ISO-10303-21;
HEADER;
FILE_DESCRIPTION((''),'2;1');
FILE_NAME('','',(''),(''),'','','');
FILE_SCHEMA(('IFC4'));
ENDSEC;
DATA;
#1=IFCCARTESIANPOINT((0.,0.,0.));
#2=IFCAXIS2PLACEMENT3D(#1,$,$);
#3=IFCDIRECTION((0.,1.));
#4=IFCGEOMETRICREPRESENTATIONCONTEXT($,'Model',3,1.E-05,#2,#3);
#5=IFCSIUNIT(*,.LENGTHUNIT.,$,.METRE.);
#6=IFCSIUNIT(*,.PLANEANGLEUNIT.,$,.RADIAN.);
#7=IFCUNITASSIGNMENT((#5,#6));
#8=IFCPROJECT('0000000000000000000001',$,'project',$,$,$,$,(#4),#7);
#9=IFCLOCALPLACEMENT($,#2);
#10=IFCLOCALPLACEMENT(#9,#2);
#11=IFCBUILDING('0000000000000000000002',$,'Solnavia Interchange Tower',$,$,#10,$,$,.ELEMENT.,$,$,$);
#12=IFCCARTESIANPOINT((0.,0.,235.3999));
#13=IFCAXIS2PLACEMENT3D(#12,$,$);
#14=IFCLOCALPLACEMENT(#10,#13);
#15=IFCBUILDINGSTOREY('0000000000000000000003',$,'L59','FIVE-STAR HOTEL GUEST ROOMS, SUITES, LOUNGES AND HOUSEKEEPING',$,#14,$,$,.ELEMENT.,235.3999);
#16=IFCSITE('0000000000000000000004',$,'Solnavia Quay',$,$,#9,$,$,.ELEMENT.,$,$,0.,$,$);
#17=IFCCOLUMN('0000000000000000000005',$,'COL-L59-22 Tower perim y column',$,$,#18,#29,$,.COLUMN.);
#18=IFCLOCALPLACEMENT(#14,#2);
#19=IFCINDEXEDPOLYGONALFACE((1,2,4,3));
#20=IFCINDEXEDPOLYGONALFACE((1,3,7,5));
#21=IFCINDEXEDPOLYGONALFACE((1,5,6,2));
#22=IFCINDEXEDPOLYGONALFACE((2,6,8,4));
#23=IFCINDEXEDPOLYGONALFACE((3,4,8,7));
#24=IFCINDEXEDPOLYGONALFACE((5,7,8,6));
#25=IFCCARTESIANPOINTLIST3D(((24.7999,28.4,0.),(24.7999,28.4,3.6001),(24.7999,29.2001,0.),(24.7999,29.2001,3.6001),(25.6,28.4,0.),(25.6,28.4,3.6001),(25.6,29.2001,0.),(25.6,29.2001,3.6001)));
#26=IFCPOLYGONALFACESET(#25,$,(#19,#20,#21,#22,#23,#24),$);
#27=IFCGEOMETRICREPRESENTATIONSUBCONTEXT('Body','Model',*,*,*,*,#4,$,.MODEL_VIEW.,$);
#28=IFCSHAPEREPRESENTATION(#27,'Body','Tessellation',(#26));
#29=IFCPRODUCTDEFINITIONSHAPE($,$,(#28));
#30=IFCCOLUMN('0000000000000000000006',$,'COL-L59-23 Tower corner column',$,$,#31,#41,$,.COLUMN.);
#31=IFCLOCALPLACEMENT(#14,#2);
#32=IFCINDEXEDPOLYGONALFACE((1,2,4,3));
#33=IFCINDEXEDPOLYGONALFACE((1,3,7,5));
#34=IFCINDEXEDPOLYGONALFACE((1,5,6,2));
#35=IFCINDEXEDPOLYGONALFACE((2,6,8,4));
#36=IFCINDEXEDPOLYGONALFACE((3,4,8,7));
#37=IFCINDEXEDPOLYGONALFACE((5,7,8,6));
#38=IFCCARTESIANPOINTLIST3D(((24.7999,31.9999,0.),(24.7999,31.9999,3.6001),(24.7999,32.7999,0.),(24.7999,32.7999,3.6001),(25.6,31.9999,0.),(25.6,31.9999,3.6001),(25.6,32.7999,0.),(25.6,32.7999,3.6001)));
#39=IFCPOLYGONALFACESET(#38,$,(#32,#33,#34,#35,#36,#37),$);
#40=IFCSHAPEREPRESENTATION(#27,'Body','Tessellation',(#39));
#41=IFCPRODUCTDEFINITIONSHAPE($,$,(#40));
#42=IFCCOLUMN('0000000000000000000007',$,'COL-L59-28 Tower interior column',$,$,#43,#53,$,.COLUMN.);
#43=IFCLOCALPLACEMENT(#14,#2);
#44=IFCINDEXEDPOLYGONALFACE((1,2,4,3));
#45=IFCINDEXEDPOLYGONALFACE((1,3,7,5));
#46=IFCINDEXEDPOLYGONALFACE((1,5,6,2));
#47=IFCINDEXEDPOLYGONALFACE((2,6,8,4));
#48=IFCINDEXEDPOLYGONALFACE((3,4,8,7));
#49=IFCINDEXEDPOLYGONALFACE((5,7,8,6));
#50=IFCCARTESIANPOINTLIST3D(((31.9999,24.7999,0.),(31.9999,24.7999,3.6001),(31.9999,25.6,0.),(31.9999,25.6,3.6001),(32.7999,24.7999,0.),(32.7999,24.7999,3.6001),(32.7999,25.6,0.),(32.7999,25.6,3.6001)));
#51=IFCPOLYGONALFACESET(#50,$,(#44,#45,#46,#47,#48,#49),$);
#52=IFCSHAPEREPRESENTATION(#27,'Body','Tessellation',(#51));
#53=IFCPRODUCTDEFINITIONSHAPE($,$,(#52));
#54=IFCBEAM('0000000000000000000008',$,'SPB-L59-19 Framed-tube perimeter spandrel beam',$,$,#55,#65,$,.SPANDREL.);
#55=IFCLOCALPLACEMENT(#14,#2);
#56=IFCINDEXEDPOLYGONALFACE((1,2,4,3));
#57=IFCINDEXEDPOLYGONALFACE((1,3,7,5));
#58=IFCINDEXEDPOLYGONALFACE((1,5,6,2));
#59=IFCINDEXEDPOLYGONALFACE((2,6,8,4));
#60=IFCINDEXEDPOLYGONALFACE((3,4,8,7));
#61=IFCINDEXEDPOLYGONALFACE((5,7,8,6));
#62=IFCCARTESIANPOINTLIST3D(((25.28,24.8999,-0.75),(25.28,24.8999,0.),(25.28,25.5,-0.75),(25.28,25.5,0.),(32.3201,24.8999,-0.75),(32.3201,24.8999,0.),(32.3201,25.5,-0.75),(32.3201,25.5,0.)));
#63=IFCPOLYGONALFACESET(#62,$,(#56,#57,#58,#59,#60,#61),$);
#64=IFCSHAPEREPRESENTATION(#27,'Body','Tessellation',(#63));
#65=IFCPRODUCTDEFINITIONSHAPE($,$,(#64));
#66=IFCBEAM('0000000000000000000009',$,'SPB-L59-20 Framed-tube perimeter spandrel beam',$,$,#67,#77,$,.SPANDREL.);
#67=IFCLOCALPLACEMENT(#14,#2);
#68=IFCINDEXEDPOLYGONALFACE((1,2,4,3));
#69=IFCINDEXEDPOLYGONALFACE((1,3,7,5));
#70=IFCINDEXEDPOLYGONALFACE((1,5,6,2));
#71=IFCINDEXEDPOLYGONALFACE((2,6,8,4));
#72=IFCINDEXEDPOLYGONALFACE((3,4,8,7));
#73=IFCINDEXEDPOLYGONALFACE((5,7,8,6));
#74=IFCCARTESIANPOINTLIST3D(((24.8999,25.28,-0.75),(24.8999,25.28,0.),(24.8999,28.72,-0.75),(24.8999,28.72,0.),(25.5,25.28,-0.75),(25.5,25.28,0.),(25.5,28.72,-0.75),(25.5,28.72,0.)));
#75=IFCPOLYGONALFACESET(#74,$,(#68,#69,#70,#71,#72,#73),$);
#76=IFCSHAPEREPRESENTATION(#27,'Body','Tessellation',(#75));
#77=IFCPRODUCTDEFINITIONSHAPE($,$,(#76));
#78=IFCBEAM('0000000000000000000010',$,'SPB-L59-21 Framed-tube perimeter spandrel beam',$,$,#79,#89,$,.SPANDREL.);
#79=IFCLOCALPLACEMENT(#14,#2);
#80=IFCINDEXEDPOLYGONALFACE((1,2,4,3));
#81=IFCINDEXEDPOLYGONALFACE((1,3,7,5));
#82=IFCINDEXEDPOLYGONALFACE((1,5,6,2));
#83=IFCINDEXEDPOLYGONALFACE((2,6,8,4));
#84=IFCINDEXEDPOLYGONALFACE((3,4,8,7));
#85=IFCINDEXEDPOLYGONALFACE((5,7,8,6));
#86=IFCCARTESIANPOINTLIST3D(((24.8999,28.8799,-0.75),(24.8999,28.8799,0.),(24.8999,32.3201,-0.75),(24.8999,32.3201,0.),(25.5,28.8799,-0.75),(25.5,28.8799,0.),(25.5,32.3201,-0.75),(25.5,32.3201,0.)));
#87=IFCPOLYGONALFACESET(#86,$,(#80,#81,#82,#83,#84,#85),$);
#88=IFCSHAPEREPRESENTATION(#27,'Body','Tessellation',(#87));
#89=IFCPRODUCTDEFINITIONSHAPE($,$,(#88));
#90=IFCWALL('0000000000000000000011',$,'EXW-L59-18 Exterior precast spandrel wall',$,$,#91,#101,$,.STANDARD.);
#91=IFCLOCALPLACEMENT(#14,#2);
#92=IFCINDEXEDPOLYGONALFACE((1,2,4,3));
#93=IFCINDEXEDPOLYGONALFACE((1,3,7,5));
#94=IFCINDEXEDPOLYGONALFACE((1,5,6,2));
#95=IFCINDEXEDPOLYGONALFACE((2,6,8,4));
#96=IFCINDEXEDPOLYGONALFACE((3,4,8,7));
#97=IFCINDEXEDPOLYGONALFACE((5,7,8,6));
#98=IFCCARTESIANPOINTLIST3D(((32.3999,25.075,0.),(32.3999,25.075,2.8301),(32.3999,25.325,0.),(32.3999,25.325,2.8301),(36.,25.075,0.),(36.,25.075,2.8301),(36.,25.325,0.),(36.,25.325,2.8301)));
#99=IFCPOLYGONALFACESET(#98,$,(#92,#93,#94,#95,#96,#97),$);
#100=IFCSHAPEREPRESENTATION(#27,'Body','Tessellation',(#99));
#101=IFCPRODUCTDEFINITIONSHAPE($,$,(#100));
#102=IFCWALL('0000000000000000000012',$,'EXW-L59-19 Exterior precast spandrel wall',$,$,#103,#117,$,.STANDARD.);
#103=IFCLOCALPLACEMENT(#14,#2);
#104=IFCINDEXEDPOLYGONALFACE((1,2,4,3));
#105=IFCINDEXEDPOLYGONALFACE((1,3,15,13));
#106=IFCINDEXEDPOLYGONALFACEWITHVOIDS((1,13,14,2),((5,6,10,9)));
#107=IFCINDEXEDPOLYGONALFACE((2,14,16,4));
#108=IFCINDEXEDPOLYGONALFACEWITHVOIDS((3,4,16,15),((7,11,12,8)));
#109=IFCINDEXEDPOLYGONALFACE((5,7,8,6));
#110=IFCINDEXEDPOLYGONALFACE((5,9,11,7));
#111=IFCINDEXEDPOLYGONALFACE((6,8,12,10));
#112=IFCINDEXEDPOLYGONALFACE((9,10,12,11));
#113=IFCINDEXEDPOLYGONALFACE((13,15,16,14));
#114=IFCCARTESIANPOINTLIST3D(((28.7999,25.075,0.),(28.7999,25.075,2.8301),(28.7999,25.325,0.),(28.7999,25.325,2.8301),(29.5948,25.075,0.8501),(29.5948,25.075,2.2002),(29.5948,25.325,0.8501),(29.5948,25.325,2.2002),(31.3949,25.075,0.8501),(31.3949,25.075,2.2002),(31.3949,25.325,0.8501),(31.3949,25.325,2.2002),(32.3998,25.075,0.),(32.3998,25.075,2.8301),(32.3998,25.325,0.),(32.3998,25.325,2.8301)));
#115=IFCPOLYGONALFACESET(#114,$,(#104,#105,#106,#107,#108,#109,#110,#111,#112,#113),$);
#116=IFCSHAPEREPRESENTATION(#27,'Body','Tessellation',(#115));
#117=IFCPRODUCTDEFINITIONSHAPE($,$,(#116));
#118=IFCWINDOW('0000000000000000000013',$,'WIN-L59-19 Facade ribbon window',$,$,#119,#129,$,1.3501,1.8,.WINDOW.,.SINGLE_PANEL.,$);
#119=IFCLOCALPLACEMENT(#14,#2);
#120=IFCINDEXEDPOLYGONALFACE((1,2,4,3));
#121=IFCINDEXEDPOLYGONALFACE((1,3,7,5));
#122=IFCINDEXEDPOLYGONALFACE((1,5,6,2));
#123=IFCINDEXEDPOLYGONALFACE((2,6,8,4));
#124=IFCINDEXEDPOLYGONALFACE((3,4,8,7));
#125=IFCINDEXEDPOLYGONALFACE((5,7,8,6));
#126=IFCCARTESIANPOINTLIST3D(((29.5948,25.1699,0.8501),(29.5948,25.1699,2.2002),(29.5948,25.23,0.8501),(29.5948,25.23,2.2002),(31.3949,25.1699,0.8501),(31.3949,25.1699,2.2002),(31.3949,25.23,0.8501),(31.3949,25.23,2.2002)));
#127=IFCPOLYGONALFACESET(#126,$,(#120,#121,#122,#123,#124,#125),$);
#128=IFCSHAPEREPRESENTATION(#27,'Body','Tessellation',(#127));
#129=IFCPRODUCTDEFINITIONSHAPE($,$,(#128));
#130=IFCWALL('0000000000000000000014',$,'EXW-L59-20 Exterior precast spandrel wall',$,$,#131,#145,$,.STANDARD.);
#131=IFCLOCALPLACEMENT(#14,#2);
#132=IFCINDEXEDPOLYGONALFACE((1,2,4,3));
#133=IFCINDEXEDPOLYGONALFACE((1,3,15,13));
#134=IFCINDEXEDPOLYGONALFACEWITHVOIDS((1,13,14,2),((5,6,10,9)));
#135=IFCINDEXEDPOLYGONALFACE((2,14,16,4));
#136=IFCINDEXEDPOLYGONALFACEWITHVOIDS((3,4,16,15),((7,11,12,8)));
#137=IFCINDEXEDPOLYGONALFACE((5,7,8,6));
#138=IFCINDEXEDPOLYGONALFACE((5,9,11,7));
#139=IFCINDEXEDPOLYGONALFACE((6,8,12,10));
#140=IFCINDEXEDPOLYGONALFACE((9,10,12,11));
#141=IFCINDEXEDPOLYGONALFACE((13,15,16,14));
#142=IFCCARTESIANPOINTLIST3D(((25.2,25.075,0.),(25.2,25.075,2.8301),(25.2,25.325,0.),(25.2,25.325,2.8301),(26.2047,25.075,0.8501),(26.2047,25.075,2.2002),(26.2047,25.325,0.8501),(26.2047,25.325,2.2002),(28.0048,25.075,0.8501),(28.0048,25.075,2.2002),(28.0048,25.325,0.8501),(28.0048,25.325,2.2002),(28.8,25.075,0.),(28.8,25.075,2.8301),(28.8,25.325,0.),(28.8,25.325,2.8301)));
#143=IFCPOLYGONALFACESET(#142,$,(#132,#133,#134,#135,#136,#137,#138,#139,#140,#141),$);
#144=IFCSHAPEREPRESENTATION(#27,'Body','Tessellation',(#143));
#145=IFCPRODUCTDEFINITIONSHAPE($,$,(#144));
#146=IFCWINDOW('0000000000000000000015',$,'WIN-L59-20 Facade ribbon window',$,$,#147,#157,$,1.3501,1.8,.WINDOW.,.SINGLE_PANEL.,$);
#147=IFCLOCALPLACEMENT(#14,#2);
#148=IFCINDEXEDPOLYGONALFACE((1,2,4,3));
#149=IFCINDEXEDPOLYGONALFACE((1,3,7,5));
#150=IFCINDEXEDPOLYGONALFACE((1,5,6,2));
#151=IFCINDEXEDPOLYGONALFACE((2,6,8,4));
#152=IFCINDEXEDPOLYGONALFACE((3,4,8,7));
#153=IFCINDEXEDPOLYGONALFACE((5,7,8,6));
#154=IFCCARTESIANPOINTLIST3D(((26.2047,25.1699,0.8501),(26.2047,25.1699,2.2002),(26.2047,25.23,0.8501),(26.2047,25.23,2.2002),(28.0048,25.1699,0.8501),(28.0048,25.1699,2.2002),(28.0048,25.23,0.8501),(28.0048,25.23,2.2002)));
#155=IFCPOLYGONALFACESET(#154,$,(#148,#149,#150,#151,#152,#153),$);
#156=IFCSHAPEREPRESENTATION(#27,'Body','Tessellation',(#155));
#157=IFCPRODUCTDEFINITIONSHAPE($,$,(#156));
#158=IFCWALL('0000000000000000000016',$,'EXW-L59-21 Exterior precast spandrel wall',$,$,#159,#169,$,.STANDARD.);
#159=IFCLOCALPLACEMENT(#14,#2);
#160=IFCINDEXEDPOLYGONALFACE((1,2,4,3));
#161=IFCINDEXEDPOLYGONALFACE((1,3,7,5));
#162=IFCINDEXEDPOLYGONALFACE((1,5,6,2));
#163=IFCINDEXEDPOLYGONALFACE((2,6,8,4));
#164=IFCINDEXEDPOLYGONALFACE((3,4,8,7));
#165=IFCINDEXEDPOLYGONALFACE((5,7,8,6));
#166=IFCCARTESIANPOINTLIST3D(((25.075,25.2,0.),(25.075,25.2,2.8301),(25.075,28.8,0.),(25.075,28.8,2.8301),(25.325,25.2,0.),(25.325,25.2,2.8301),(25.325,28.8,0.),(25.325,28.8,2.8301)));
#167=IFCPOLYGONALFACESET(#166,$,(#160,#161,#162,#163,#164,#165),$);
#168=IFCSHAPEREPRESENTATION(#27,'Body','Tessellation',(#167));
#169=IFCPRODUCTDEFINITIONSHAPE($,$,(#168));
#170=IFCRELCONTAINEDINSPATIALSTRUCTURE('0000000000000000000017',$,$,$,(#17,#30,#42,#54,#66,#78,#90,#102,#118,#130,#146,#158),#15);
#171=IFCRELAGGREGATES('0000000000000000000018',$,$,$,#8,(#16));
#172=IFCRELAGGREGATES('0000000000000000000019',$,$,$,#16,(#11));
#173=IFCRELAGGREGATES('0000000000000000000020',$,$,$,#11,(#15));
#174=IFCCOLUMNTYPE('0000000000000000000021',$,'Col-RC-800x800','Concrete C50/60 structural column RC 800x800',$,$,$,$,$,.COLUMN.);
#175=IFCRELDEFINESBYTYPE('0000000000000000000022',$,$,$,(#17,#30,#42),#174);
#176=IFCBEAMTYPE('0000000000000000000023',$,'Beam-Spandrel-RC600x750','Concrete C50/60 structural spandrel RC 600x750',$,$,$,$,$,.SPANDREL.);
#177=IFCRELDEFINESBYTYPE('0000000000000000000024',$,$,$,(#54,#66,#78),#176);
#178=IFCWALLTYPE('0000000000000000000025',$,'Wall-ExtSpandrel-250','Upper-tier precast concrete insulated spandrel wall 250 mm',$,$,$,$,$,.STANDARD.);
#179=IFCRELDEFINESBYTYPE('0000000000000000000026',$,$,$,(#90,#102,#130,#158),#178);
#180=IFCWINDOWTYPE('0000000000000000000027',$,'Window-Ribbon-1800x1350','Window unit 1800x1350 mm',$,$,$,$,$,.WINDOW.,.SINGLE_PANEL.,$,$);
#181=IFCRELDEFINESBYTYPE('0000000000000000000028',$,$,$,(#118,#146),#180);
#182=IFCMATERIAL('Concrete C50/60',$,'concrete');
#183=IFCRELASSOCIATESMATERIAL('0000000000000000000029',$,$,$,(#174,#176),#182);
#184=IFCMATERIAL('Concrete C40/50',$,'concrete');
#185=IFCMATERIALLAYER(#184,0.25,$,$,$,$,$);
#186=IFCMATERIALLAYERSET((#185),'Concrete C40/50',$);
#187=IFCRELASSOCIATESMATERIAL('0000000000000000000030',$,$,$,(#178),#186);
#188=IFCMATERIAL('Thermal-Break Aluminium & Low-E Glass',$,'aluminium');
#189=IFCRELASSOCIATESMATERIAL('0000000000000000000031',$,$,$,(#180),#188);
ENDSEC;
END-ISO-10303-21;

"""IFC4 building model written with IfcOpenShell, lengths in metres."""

from ifc_helpers import new_model, si_unit, direction, frame, frame_2d, origin, origin_2d, place, context, subcontext, project, spatial, rectangle, extrude, material, layer, layer_set, material_profile, profile_set, type_object, element, fill, save


model = new_model("IFC4")

# Units and contexts
model_context = context("Model", 3, precision=1e-05, world=origin(), true_north=direction((0.0, 1.0)))
body_context = subcontext(model_context, "Body", "Model", "MODEL_VIEW")
ifc_project = project(units=[si_unit("LENGTHUNIT", "METRE"), si_unit("PLANEANGLEUNIT", "RADIAN")], contexts=[model_context])

# Site, building, storey
site_placement = place(None, origin())
site = spatial("IfcSite", under=ifc_project, at=site_placement, Name="Solnavia Quay", CompositionType="ELEMENT", RefElevation=0.0)
building_placement = place(site_placement, origin())
building = spatial("IfcBuilding", under=site, at=building_placement, Name="Solnavia Interchange Tower", CompositionType="ELEMENT")
storey_placement = place(building_placement, frame((0.0, 0.0, 235.3999)))
storey = spatial("IfcBuildingStorey", under=building, at=storey_placement, Name="L59", Description="FIVE-STAR HOTEL GUEST ROOMS, SUITES, LOUNGES AND HOUSEKEEPING", CompositionType="ELEMENT", Elevation=235.3999)

# Columns
ifc_material_1 = material(Name="Concrete C50/60", Category="concrete")
ifc_material_profile_1 = material_profile(ifc_material_1, rectangle(XDim=0.8, YDim=0.8, at=origin_2d()), Name="RC 800x800")
ifc_profile_set_1 = profile_set([ifc_material_profile_1], Name="Concrete C50/60")
column_type = type_object("IfcColumnType", Name="Col-RC-800x800", Description="Concrete C50/60 structural column RC 800x800", PredefinedType="COLUMN", material=ifc_profile_set_1)
for number, where, z_axis, x_axis, name in (
    (1, (25.2, 28.8, 0.0), (0.0, 0.0, 1.0), (0.0, 1.0, 0.0), "COL-L59-22 Tower perim y column"),
    (2, (25.2, 32.3999, 0.0), (0.0, 0.0, 1.0), (0.0, 1.0, 0.0), "COL-L59-23 Tower corner column"),
    (3, (32.3999, 25.2, 0.0), (0.0, 0.0, 1.0), (1.0, 0.0, 0.0), "COL-L59-28 Tower interior column"),
):
    element("IfcColumn", number, at=place(storey_placement, frame(where, z_axis=z_axis, x_axis=x_axis)), inside=storey, type_object=column_type, Name=name, PredefinedType="COLUMN", context=body_context, shape_type="SweptSolid", body=[
        extrude(rectangle(XDim=0.8, YDim=0.8, at=origin_2d()), origin(), (0.0, 0.0, 1.0), 3.6001),
    ])

# Beams
ifc_material_profile_2 = material_profile(ifc_material_1, rectangle(XDim=0.6001, YDim=0.75, at=origin_2d()), Name="RC 600x750")
ifc_profile_set_2 = profile_set([ifc_material_profile_2], Name="Concrete C50/60")
beam_type = type_object("IfcBeamType", Name="Beam-Spandrel-RC600x750", Description="Concrete C50/60 structural spandrel RC 600x750", PredefinedType="SPANDREL", material=ifc_profile_set_2)
beam_1_placement = place(storey_placement, frame((32.3201, 25.2, -0.375), z_axis=(-1.0, 0.0, 0.0), x_axis=(0.0, -1.0, 0.0)))
element("IfcBeam", 4, at=beam_1_placement, inside=storey, type_object=beam_type, Name="SPB-L59-19 Framed-tube perimeter spandrel beam", PredefinedType="SPANDREL", context=body_context, shape_type="SweptSolid", body=[
    extrude(rectangle(XDim=0.6001, YDim=0.75, at=origin_2d()), origin(), (0.0, 0.0, 1.0), 7.04),
])
beam_2_placement = place(storey_placement, frame((25.2, 25.28, -0.375), z_axis=(0.0, 1.0, 0.0), x_axis=(-1.0, 0.0, 0.0)))
element("IfcBeam", 5, at=beam_2_placement, inside=storey, type_object=beam_type, Name="SPB-L59-20 Framed-tube perimeter spandrel beam", PredefinedType="SPANDREL", context=body_context, shape_type="SweptSolid", body=[
    extrude(rectangle(XDim=0.6001, YDim=0.75, at=origin_2d()), origin(), (0.0, 0.0, 1.0), 3.4399),
])
beam_3_placement = place(storey_placement, frame((25.2, 28.8799, -0.375), z_axis=(0.0, 1.0, 0.0), x_axis=(-1.0, 0.0, 0.0)))
element("IfcBeam", 6, at=beam_3_placement, inside=storey, type_object=beam_type, Name="SPB-L59-21 Framed-tube perimeter spandrel beam", PredefinedType="SPANDREL", context=body_context, shape_type="SweptSolid", body=[
    extrude(rectangle(XDim=0.6001, YDim=0.75, at=origin_2d()), origin(), (0.0, 0.0, 1.0), 3.4402),
])

# Wall
ifc_material_2 = material(Name="Concrete C40/50", Category="concrete")
ifc_layer_1 = layer(ifc_material_2, 0.25)
ifc_layer_set_1 = layer_set([ifc_layer_1], Name="Concrete C40/50")
wall_type = type_object("IfcWallType", Name="Wall-ExtSpandrel-250", Description="Upper-tier precast concrete insulated spandrel wall 250 mm", PredefinedType="STANDARD", material=ifc_layer_set_1)
wall_1_placement = place(storey_placement, frame((32.3999, 25.2, 0.0), z_axis=(0.0, 0.0, 1.0), x_axis=(1.0, 0.0, 0.0)))
element("IfcWall", 7, at=wall_1_placement, inside=storey, type_object=wall_type, Name="EXW-L59-18 Exterior precast spandrel wall", PredefinedType="STANDARD", context=body_context, shape_type="SweptSolid", body=[
    extrude(rectangle(XDim=3.6001, YDim=0.25, at=frame_2d((1.8, 0.0))), origin(), (0.0, 0.0, 1.0), 2.8301),
])

# Walls, openings, windows
wall_2_placement = place(storey_placement, frame((28.8, 25.2, 0.0), z_axis=(0.0, 0.0, 1.0), x_axis=(1.0, 0.0, 0.0)))
wall_2 = element("IfcWall", 8, at=wall_2_placement, inside=storey, type_object=wall_type, Name="EXW-L59-19 Exterior precast spandrel wall", PredefinedType="STANDARD", context=body_context, shape_type="SweptSolid", body=[
    extrude(rectangle(XDim=3.5999, YDim=0.25, at=frame_2d((1.7998, 0.0))), origin(), (0.0, 0.0, 1.0), 2.8301),
])
opening_1_placement = place(wall_2_placement, frame((0.7949, 0.0, 0.8501)))
opening_1 = element("IfcOpeningElement", 9, at=opening_1_placement, cuts=wall_2, PredefinedType="OPENING", context=body_context, shape_type="SweptSolid", body=[
    extrude(rectangle(XDim=1.8, YDim=1.3501, at=frame_2d((0.8999, 0.675))), frame((0.0, 0.135, 0.0), z_axis=(0.0, -1.0, 0.0), x_axis=(1.0, 0.0, 0.0)), (0.0, 0.0, 1.0), 0.27),
])
ifc_material_3 = material(Name="Thermal-Break Aluminium & Low-E Glass", Category="aluminium")
window_type = type_object("IfcWindowType", Name="Window-Ribbon-1800x1350", Description="Window unit 1800x1350 mm", PartitioningType="SINGLE_PANEL", PredefinedType="WINDOW", material=ifc_material_3)
window_1_placement = place(opening_1_placement, origin())
window_1 = element("IfcWindow", 10, at=window_1_placement, inside=storey, type_object=window_type, Name="WIN-L59-19 Facade ribbon window", OverallHeight=1.3501, OverallWidth=1.8, PartitioningType="SINGLE_PANEL", PredefinedType="WINDOW", context=body_context, shape_type="SweptSolid", body=[
    extrude(rectangle(XDim=1.8, YDim=1.3501, at=frame_2d((0.8999, 0.675))), frame((0.0, 0.03, 0.0), z_axis=(0.0, -1.0, 0.0), x_axis=(1.0, 0.0, 0.0)), (0.0, 0.0, 1.0), 0.0601),
])
fill(opening_1, window_1)
wall_3_placement = place(storey_placement, frame((25.2, 25.2, 0.0), z_axis=(0.0, 0.0, 1.0), x_axis=(1.0, 0.0, 0.0)))
wall_3 = element("IfcWall", 11, at=wall_3_placement, inside=storey, type_object=wall_type, Name="EXW-L59-20 Exterior precast spandrel wall", PredefinedType="STANDARD", context=body_context, shape_type="SweptSolid", body=[
    extrude(rectangle(XDim=3.6001, YDim=0.25, at=frame_2d((1.8, 0.0))), origin(), (0.0, 0.0, 1.0), 2.8301),
])
opening_2_placement = place(wall_3_placement, frame((1.0049, 0.0, 0.8501)))
opening_2 = element("IfcOpeningElement", 12, at=opening_2_placement, cuts=wall_3, PredefinedType="OPENING", context=body_context, shape_type="SweptSolid", body=[
    extrude(rectangle(XDim=1.8, YDim=1.3501, at=frame_2d((0.8999, 0.675))), frame((0.0, 0.135, 0.0), z_axis=(0.0, -1.0, 0.0), x_axis=(1.0, 0.0, 0.0)), (0.0, 0.0, 1.0), 0.27),
])
window_2_placement = place(opening_2_placement, origin())
window_2 = element("IfcWindow", 13, at=window_2_placement, inside=storey, type_object=window_type, Name="WIN-L59-20 Facade ribbon window", OverallHeight=1.3501, OverallWidth=1.8, PartitioningType="SINGLE_PANEL", PredefinedType="WINDOW", context=body_context, shape_type="SweptSolid", body=[
    extrude(rectangle(XDim=1.8, YDim=1.3501, at=frame_2d((0.8999, 0.675))), frame((0.0, 0.03, 0.0), z_axis=(0.0, -1.0, 0.0), x_axis=(1.0, 0.0, 0.0)), (0.0, 0.0, 1.0), 0.0601),
])
fill(opening_2, window_2)

# Wall
wall_4_placement = place(storey_placement, frame((25.2, 28.8, 0.0), z_axis=(0.0, 0.0, 1.0), x_axis=(0.0, -1.0, 0.0)))
element("IfcWall", 14, at=wall_4_placement, inside=storey, type_object=wall_type, Name="EXW-L59-21 Exterior precast spandrel wall", PredefinedType="STANDARD", context=body_context, shape_type="SweptSolid", body=[
    extrude(rectangle(XDim=3.6001, YDim=0.25, at=frame_2d((1.8, 0.0))), origin(), (0.0, 0.0, 1.0), 2.8301),
])

save(model, "model.ifc")
